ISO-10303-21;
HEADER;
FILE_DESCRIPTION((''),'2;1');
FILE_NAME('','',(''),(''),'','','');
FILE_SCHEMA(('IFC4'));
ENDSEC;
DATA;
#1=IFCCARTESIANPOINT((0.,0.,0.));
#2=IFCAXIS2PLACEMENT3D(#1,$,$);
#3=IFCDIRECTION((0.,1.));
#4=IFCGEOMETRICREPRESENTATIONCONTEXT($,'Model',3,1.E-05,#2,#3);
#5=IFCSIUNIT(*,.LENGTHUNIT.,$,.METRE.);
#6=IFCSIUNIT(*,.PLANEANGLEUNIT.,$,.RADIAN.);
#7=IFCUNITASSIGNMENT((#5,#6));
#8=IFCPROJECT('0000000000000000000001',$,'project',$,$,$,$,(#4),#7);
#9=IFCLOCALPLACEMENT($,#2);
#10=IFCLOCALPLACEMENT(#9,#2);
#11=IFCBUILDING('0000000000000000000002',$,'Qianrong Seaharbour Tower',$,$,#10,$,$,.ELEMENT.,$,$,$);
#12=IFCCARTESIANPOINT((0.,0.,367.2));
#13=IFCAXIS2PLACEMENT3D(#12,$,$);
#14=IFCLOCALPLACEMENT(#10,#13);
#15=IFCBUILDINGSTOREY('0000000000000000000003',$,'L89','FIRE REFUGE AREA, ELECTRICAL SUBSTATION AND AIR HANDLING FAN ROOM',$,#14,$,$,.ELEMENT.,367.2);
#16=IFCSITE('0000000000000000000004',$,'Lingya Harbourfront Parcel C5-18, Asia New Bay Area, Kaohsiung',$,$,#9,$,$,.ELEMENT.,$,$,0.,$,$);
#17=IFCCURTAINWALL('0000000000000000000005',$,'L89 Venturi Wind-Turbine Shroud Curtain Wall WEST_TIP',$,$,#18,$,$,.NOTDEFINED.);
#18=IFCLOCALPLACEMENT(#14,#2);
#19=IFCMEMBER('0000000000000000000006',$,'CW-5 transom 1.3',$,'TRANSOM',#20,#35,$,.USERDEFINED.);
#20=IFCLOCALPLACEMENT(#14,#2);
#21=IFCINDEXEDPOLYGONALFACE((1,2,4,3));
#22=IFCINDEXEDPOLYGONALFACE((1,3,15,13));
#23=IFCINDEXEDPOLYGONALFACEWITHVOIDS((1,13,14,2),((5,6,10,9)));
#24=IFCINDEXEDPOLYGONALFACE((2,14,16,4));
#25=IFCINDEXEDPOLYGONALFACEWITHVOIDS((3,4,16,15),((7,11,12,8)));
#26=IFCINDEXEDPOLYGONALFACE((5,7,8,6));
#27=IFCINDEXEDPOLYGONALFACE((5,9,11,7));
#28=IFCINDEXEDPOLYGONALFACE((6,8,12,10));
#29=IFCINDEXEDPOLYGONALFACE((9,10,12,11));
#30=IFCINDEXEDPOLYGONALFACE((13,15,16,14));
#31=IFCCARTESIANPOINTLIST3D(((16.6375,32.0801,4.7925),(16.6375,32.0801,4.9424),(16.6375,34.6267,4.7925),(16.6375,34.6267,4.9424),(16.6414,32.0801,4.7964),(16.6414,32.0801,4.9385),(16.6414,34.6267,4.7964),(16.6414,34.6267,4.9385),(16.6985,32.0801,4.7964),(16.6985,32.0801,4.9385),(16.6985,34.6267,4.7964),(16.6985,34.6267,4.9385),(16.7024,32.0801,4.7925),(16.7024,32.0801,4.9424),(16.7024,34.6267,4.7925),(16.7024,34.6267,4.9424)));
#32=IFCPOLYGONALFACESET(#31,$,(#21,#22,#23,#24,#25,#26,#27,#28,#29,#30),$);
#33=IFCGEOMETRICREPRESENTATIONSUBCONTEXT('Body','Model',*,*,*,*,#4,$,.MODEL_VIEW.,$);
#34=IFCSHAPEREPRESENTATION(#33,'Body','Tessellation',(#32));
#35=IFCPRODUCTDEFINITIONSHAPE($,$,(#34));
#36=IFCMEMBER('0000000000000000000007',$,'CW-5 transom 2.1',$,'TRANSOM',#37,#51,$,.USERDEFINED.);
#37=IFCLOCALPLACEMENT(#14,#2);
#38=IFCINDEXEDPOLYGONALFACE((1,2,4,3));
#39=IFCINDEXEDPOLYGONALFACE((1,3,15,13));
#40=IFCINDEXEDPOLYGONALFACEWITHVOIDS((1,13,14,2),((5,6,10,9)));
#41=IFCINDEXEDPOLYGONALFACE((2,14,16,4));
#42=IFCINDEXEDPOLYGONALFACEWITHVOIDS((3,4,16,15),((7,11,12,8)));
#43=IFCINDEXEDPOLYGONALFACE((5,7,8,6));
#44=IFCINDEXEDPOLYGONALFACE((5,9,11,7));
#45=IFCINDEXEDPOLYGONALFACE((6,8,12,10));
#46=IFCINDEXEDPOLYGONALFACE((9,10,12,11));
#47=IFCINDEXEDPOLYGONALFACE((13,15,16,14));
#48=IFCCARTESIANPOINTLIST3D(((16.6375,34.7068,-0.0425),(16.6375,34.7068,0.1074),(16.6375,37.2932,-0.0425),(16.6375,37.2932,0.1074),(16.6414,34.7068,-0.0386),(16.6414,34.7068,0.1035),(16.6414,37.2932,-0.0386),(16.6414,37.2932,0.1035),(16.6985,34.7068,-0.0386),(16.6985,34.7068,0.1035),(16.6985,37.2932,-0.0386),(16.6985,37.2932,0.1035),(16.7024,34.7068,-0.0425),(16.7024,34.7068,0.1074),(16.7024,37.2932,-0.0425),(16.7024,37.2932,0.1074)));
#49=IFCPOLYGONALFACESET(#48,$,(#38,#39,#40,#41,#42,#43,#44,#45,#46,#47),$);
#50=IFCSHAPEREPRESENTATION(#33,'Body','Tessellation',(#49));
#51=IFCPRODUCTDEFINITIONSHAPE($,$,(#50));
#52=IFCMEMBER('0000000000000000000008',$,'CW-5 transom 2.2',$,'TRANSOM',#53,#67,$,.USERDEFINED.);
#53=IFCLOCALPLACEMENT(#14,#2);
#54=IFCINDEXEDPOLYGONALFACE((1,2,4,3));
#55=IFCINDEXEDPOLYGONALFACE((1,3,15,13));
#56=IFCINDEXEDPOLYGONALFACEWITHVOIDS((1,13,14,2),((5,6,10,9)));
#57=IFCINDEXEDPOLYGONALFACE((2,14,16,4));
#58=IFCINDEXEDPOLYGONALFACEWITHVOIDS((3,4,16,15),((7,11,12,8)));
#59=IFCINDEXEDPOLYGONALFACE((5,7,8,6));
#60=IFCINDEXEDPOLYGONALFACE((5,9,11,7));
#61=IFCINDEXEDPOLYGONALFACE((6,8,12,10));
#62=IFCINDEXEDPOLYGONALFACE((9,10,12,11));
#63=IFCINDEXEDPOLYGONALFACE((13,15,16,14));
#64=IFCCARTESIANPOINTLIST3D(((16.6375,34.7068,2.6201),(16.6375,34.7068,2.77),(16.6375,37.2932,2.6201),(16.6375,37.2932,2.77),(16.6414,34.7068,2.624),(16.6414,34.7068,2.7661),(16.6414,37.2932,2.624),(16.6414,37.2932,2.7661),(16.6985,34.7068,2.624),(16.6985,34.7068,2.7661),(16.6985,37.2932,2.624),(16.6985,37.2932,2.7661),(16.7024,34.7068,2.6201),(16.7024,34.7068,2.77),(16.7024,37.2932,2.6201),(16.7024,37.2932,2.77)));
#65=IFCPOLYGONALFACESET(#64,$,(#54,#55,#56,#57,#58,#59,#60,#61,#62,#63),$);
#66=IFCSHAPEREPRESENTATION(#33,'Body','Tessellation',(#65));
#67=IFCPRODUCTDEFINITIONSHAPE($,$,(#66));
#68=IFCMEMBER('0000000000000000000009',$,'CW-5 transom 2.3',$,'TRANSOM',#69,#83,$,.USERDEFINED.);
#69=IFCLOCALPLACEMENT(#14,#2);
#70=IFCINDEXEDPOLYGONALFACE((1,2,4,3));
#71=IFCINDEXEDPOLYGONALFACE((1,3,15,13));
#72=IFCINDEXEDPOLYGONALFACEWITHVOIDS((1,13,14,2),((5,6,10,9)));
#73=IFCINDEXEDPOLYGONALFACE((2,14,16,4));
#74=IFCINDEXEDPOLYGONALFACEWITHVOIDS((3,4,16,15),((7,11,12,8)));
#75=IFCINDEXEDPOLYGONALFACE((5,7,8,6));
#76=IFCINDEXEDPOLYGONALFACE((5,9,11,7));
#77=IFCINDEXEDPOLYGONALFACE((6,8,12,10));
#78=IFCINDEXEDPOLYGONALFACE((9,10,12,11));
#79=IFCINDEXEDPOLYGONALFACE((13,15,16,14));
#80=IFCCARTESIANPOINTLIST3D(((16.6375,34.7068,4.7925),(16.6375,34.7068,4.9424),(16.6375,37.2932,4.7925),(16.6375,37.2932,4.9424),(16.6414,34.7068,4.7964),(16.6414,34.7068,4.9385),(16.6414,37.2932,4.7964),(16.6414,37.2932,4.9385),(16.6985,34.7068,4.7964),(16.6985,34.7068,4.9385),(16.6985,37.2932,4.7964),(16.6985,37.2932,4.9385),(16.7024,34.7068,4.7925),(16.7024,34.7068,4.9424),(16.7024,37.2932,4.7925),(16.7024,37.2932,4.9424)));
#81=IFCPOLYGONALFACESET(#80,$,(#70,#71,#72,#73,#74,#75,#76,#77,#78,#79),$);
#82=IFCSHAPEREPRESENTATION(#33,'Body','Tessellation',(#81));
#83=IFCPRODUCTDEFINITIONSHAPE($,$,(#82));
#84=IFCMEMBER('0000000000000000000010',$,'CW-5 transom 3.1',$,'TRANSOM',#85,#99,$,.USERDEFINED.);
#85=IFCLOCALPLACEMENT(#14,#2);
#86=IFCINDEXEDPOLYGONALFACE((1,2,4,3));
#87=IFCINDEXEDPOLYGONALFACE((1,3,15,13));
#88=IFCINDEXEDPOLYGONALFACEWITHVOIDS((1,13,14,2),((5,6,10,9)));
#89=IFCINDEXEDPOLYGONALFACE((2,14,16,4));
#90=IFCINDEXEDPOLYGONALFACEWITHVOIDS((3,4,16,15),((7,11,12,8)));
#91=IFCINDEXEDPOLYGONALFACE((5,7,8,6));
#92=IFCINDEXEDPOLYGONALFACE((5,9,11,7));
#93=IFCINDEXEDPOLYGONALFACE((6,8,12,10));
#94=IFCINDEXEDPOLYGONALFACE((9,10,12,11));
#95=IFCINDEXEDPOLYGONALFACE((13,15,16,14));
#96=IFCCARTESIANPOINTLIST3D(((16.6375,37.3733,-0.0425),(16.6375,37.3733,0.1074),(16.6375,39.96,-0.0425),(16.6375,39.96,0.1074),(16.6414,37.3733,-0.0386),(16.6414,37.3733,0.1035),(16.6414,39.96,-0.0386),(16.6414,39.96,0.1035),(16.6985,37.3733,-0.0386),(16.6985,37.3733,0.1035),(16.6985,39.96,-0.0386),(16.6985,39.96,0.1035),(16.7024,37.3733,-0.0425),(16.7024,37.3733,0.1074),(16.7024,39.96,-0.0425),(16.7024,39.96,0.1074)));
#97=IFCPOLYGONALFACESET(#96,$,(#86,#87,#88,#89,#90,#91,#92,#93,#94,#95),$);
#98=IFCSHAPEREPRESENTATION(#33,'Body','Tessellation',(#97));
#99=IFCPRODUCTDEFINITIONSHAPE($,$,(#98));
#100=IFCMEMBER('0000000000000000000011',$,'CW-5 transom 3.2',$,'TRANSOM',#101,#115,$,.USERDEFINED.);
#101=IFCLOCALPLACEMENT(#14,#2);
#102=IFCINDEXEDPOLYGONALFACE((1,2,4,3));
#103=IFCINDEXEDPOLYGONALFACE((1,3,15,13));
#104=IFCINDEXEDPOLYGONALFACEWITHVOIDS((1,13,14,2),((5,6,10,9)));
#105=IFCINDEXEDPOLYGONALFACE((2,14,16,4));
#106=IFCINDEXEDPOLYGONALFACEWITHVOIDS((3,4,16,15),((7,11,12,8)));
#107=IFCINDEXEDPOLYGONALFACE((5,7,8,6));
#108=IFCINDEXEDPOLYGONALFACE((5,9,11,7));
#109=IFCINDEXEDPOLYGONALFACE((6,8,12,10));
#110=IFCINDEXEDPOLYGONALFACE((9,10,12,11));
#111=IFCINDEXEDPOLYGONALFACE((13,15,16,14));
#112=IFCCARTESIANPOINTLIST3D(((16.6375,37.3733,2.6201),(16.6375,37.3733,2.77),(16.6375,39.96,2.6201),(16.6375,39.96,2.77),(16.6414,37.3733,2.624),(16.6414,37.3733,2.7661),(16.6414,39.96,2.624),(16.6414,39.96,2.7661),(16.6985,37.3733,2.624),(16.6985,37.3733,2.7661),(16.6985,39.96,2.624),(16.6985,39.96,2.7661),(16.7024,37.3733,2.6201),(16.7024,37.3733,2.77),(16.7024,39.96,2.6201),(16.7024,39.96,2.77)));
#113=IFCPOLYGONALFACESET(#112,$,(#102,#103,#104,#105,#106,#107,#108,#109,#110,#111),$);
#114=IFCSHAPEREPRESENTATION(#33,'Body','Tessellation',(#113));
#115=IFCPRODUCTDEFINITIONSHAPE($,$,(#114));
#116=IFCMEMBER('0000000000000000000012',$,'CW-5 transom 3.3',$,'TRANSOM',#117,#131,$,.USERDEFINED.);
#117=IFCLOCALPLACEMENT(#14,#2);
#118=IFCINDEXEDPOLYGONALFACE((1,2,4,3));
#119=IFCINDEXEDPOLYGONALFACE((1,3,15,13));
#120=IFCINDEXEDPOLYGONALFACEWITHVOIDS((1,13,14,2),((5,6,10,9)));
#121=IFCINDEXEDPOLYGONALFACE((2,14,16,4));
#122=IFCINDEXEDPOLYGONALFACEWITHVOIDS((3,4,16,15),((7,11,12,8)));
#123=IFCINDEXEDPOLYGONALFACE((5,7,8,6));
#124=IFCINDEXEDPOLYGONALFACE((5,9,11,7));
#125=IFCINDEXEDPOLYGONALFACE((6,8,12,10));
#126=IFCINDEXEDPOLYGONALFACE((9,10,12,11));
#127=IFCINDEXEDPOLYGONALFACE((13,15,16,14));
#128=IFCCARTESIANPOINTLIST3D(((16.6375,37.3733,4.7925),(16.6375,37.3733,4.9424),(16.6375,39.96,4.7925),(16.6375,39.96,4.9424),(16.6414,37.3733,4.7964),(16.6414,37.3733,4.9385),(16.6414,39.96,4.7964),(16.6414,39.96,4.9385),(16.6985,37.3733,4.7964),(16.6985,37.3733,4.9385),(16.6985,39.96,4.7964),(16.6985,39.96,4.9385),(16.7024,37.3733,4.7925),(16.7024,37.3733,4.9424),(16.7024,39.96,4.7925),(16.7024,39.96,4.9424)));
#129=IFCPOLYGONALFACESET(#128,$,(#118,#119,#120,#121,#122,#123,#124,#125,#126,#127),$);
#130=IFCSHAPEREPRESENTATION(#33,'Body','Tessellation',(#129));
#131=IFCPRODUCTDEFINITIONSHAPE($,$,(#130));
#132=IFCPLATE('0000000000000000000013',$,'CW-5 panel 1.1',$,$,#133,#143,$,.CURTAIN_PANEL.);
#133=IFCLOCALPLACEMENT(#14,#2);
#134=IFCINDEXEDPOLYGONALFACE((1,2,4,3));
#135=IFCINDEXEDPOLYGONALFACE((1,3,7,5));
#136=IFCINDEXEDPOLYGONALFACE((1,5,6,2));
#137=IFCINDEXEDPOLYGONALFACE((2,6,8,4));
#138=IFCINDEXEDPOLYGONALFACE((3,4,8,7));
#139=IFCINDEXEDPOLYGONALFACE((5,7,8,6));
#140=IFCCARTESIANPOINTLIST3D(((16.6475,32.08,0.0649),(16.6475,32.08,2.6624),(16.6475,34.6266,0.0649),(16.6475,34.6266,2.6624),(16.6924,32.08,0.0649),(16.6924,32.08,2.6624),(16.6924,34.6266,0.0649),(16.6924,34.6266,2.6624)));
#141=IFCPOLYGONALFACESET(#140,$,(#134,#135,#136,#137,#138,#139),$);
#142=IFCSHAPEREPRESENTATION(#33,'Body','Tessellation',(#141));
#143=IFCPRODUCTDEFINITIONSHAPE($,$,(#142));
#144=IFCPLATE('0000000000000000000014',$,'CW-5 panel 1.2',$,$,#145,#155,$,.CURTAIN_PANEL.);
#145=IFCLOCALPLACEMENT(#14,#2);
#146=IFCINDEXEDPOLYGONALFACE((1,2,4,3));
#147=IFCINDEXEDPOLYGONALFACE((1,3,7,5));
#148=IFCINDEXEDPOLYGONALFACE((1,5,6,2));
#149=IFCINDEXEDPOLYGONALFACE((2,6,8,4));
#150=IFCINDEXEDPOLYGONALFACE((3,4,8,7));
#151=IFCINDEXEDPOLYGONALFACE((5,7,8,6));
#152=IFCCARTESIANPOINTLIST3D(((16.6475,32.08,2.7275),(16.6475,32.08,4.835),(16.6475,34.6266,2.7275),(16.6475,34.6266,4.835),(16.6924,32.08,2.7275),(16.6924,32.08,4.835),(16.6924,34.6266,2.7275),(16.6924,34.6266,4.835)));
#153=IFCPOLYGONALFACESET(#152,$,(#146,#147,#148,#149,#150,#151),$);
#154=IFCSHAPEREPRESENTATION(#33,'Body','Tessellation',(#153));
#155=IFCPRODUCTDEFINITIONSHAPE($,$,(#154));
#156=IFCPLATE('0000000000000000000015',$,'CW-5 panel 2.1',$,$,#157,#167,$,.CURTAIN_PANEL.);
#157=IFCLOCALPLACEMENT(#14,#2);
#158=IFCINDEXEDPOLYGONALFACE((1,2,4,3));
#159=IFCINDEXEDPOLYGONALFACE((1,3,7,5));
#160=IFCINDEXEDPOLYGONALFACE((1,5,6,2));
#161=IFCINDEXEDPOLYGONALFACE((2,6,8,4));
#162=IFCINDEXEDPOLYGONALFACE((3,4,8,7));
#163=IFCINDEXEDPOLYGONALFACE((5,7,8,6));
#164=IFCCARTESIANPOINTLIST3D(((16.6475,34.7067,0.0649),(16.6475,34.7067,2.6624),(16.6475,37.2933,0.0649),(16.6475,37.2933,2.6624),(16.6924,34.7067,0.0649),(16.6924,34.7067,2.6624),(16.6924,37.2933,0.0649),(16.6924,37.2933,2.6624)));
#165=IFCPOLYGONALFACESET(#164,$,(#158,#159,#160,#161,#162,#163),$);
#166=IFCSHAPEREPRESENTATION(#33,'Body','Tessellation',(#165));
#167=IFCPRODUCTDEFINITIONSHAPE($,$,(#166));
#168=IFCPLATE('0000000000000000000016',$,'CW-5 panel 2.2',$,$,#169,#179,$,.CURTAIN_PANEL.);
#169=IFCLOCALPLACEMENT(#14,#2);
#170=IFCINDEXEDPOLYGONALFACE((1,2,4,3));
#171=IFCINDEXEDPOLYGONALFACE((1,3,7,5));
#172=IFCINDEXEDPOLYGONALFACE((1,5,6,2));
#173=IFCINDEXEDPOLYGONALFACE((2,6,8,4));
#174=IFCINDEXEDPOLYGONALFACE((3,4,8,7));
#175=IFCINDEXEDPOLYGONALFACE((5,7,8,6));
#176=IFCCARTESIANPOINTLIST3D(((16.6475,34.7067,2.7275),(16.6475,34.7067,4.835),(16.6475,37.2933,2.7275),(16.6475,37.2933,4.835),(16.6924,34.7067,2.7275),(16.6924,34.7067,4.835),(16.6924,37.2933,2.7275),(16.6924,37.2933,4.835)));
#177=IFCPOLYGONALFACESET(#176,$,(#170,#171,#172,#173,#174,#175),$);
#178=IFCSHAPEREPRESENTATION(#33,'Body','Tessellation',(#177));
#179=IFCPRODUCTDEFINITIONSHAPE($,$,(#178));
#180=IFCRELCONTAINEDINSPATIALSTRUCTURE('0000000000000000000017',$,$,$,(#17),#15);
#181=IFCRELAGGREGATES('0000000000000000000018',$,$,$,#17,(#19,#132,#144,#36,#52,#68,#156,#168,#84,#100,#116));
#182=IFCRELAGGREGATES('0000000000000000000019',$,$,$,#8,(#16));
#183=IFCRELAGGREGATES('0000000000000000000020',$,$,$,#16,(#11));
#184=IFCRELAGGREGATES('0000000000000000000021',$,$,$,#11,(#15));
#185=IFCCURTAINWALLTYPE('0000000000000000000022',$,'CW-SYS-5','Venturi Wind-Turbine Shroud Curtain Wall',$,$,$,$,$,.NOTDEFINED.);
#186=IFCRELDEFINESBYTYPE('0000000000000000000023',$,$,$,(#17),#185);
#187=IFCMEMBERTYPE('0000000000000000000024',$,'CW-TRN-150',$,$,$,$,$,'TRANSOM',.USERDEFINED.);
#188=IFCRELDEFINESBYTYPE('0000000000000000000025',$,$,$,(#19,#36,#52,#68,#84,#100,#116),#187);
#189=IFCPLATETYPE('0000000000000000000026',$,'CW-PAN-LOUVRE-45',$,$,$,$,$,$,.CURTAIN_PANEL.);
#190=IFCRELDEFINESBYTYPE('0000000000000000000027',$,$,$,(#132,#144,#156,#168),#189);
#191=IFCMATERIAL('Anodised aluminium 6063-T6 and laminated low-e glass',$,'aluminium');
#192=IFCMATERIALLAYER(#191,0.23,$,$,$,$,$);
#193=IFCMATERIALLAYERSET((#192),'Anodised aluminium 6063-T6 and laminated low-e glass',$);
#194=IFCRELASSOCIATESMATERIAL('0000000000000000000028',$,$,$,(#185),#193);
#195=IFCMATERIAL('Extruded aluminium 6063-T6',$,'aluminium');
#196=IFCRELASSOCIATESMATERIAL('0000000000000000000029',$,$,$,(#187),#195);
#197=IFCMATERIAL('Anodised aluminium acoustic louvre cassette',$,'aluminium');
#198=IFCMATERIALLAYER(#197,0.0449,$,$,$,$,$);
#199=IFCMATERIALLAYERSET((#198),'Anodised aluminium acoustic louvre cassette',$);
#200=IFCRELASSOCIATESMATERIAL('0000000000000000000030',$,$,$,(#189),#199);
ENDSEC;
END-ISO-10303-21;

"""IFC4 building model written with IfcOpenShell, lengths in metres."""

from ifc_helpers import new_model, si_unit, direction, frame, origin, origin_2d, place, context, subcontext, project, spatial, rectangle, hollow_rectangle, extrude, material, layer, layer_set, material_profile, profile_set, type_object, element, aggregate, save


model = new_model("IFC4")

# Units and contexts
model_context = context("Model", 3, precision=1e-05, world=origin(), true_north=direction((0.0, 1.0)))
body_context = subcontext(model_context, "Body", "Model", "MODEL_VIEW")
ifc_project = project(units=[si_unit("LENGTHUNIT", "METRE"), si_unit("PLANEANGLEUNIT", "RADIAN")], contexts=[model_context])

# Site, building, storey
site_placement = place(None, origin())
site = spatial("IfcSite", under=ifc_project, at=site_placement, Name="Lingya Harbourfront Parcel C5-18, Asia New Bay Area, Kaohsiung", CompositionType="ELEMENT", RefElevation=0.0)
building_placement = place(site_placement, origin())
building = spatial("IfcBuilding", under=site, at=building_placement, Name="Qianrong Seaharbour Tower", CompositionType="ELEMENT")
storey_placement = place(building_placement, frame((0.0, 0.0, 367.2)))
storey = spatial("IfcBuildingStorey", under=building, at=storey_placement, Name="L89", Description="FIRE REFUGE AREA, ELECTRICAL SUBSTATION AND AIR HANDLING FAN ROOM", CompositionType="ELEMENT", Elevation=367.2)

# Curtain wall, members, plates
ifc_material_1 = material(Name="Anodised aluminium 6063-T6 and laminated low-e glass", Category="aluminium")
ifc_layer_1 = layer(ifc_material_1, 0.23)
ifc_layer_set_1 = layer_set([ifc_layer_1], Name="Anodised aluminium 6063-T6 and laminated low-e glass")
curtain_wall_type = type_object("IfcCurtainWallType", Name="CW-SYS-5", Description="Venturi Wind-Turbine Shroud Curtain Wall", PredefinedType="NOTDEFINED", material=ifc_layer_set_1)
curtain_wall_placement = place(storey_placement, origin())
curtain_wall = element("IfcCurtainWall", 1, at=curtain_wall_placement, inside=storey, type_object=curtain_wall_type, Name="L89 Venturi Wind-Turbine Shroud Curtain Wall WEST_TIP", PredefinedType="NOTDEFINED")
ifc_material_2 = material(Name="Extruded aluminium 6063-T6", Category="aluminium")
ifc_material_profile_1 = material_profile(ifc_material_2, hollow_rectangle(XDim=0.0649, YDim=0.1499, WallThickness=0.0039, at=origin_2d()), Name="ALU-TRN-150x65x4")
ifc_profile_set_1 = profile_set([ifc_material_profile_1], Name="Extruded aluminium 6063-T6")
member_type_1 = type_object("IfcMemberType", Name="CW-TRN-150", ElementType="TRANSOM", PredefinedType="USERDEFINED", material=ifc_profile_set_1)
member_1_placement = place(storey_placement, frame((16.6699, 32.0801, 4.8674), z_axis=(0.0, 1.0, 0.0), x_axis=(-1.0, 0.0, 0.0)))
member_1 = element("IfcMember", 2, at=member_1_placement, type_object=member_type_1, Name="CW-5 transom 1.3", ObjectType="TRANSOM", PredefinedType="USERDEFINED", context=body_context, shape_type="SweptSolid", body=[
    extrude(hollow_rectangle(XDim=0.0649, YDim=0.1499, WallThickness=0.0039, at=origin_2d()), origin(), (0.0, 0.0, 1.0), 2.5466),
])
member_2_placement = place(storey_placement, frame((16.6699, 34.7068, 0.0325), z_axis=(0.0, 1.0, 0.0), x_axis=(-1.0, 0.0, 0.0)))
member_2 = element("IfcMember", 3, at=member_2_placement, type_object=member_type_1, Name="CW-5 transom 2.1", ObjectType="TRANSOM", PredefinedType="USERDEFINED", context=body_context, shape_type="SweptSolid", body=[
    extrude(hollow_rectangle(XDim=0.0649, YDim=0.1499, WallThickness=0.0039, at=origin_2d()), origin(), (0.0, 0.0, 1.0), 2.5864),
])
member_3_placement = place(storey_placement, frame((16.6699, 34.7068, 2.6951), z_axis=(0.0, 1.0, 0.0), x_axis=(-1.0, 0.0, 0.0)))
member_3 = element("IfcMember", 4, at=member_3_placement, type_object=member_type_1, Name="CW-5 transom 2.2", ObjectType="TRANSOM", PredefinedType="USERDEFINED", context=body_context, shape_type="SweptSolid", body=[
    extrude(hollow_rectangle(XDim=0.0649, YDim=0.1499, WallThickness=0.0039, at=origin_2d()), origin(), (0.0, 0.0, 1.0), 2.5864),
])
member_4_placement = place(storey_placement, frame((16.6699, 34.7068, 4.8674), z_axis=(0.0, 1.0, 0.0), x_axis=(-1.0, 0.0, 0.0)))
member_4 = element("IfcMember", 5, at=member_4_placement, type_object=member_type_1, Name="CW-5 transom 2.3", ObjectType="TRANSOM", PredefinedType="USERDEFINED", context=body_context, shape_type="SweptSolid", body=[
    extrude(hollow_rectangle(XDim=0.0649, YDim=0.1499, WallThickness=0.0039, at=origin_2d()), origin(), (0.0, 0.0, 1.0), 2.5864),
])
member_5_placement = place(storey_placement, frame((16.6699, 37.3733, 0.0325), z_axis=(0.0, 1.0, 0.0), x_axis=(-1.0, 0.0, 0.0)))
member_5 = element("IfcMember", 6, at=member_5_placement, type_object=member_type_1, Name="CW-5 transom 3.1", ObjectType="TRANSOM", PredefinedType="USERDEFINED", context=body_context, shape_type="SweptSolid", body=[
    extrude(hollow_rectangle(XDim=0.0649, YDim=0.1499, WallThickness=0.0039, at=origin_2d()), origin(), (0.0, 0.0, 1.0), 2.5867),
])
member_6_placement = place(storey_placement, frame((16.6699, 37.3733, 2.6951), z_axis=(0.0, 1.0, 0.0), x_axis=(-1.0, 0.0, 0.0)))
member_6 = element("IfcMember", 7, at=member_6_placement, type_object=member_type_1, Name="CW-5 transom 3.2", ObjectType="TRANSOM", PredefinedType="USERDEFINED", context=body_context, shape_type="SweptSolid", body=[
    extrude(hollow_rectangle(XDim=0.0649, YDim=0.1499, WallThickness=0.0039, at=origin_2d()), origin(), (0.0, 0.0, 1.0), 2.5867),
])
member_7_placement = place(storey_placement, frame((16.6699, 37.3733, 4.8674), z_axis=(0.0, 1.0, 0.0), x_axis=(-1.0, 0.0, 0.0)))
member_7 = element("IfcMember", 8, at=member_7_placement, type_object=member_type_1, Name="CW-5 transom 3.3", ObjectType="TRANSOM", PredefinedType="USERDEFINED", context=body_context, shape_type="SweptSolid", body=[
    extrude(hollow_rectangle(XDim=0.0649, YDim=0.1499, WallThickness=0.0039, at=origin_2d()), origin(), (0.0, 0.0, 1.0), 2.5867),
])
ifc_material_3 = material(Name="Anodised aluminium acoustic louvre cassette", Category="aluminium")
ifc_layer_2 = layer(ifc_material_3, 0.0449)
ifc_layer_set_2 = layer_set([ifc_layer_2], Name="Anodised aluminium acoustic louvre cassette")
plate_type = type_object("IfcPlateType", Name="CW-PAN-LOUVRE-45", PredefinedType="CURTAIN_PANEL", material=ifc_layer_set_2)
plate_1_placement = place(storey_placement, frame((16.6699, 33.3533, 0.0649), z_axis=(0.0, 0.0, 1.0), x_axis=(0.0, 1.0, 0.0)))
plate_1 = element("IfcPlate", 9, at=plate_1_placement, type_object=plate_type, Name="CW-5 panel 1.1", PredefinedType="CURTAIN_PANEL", context=body_context, shape_type="SweptSolid", body=[
    extrude(rectangle(XDim=2.5466, YDim=0.0449, at=origin_2d()), origin(), (0.0, 0.0, 1.0), 2.5974),
])
plate_2_placement = place(storey_placement, frame((16.6699, 33.3533, 2.7275), z_axis=(0.0, 0.0, 1.0), x_axis=(0.0, 1.0, 0.0)))
plate_2 = element("IfcPlate", 10, at=plate_2_placement, type_object=plate_type, Name="CW-5 panel 1.2", PredefinedType="CURTAIN_PANEL", context=body_context, shape_type="SweptSolid", body=[
    extrude(rectangle(XDim=2.5466, YDim=0.0449, at=origin_2d()), origin(), (0.0, 0.0, 1.0), 2.1074),
])
plate_3_placement = place(storey_placement, frame((16.6699, 36.0, 0.0649), z_axis=(0.0, 0.0, 1.0), x_axis=(0.0, 1.0, 0.0)))
plate_3 = element("IfcPlate", 11, at=plate_3_placement, type_object=plate_type, Name="CW-5 panel 2.1", PredefinedType="CURTAIN_PANEL", context=body_context, shape_type="SweptSolid", body=[
    extrude(rectangle(XDim=2.5867, YDim=0.0449, at=origin_2d()), origin(), (0.0, 0.0, 1.0), 2.5974),
])
plate_4_placement = place(storey_placement, frame((16.6699, 36.0, 2.7275), z_axis=(0.0, 0.0, 1.0), x_axis=(0.0, 1.0, 0.0)))
plate_4 = element("IfcPlate", 12, at=plate_4_placement, type_object=plate_type, Name="CW-5 panel 2.2", PredefinedType="CURTAIN_PANEL", context=body_context, shape_type="SweptSolid", body=[
    extrude(rectangle(XDim=2.5867, YDim=0.0449, at=origin_2d()), origin(), (0.0, 0.0, 1.0), 2.1074),
])
aggregate(curtain_wall, [member_1, plate_1, plate_2, member_2, member_3, member_4, plate_3, plate_4, member_5, member_6, member_7])

save(model, "model.ifc")
